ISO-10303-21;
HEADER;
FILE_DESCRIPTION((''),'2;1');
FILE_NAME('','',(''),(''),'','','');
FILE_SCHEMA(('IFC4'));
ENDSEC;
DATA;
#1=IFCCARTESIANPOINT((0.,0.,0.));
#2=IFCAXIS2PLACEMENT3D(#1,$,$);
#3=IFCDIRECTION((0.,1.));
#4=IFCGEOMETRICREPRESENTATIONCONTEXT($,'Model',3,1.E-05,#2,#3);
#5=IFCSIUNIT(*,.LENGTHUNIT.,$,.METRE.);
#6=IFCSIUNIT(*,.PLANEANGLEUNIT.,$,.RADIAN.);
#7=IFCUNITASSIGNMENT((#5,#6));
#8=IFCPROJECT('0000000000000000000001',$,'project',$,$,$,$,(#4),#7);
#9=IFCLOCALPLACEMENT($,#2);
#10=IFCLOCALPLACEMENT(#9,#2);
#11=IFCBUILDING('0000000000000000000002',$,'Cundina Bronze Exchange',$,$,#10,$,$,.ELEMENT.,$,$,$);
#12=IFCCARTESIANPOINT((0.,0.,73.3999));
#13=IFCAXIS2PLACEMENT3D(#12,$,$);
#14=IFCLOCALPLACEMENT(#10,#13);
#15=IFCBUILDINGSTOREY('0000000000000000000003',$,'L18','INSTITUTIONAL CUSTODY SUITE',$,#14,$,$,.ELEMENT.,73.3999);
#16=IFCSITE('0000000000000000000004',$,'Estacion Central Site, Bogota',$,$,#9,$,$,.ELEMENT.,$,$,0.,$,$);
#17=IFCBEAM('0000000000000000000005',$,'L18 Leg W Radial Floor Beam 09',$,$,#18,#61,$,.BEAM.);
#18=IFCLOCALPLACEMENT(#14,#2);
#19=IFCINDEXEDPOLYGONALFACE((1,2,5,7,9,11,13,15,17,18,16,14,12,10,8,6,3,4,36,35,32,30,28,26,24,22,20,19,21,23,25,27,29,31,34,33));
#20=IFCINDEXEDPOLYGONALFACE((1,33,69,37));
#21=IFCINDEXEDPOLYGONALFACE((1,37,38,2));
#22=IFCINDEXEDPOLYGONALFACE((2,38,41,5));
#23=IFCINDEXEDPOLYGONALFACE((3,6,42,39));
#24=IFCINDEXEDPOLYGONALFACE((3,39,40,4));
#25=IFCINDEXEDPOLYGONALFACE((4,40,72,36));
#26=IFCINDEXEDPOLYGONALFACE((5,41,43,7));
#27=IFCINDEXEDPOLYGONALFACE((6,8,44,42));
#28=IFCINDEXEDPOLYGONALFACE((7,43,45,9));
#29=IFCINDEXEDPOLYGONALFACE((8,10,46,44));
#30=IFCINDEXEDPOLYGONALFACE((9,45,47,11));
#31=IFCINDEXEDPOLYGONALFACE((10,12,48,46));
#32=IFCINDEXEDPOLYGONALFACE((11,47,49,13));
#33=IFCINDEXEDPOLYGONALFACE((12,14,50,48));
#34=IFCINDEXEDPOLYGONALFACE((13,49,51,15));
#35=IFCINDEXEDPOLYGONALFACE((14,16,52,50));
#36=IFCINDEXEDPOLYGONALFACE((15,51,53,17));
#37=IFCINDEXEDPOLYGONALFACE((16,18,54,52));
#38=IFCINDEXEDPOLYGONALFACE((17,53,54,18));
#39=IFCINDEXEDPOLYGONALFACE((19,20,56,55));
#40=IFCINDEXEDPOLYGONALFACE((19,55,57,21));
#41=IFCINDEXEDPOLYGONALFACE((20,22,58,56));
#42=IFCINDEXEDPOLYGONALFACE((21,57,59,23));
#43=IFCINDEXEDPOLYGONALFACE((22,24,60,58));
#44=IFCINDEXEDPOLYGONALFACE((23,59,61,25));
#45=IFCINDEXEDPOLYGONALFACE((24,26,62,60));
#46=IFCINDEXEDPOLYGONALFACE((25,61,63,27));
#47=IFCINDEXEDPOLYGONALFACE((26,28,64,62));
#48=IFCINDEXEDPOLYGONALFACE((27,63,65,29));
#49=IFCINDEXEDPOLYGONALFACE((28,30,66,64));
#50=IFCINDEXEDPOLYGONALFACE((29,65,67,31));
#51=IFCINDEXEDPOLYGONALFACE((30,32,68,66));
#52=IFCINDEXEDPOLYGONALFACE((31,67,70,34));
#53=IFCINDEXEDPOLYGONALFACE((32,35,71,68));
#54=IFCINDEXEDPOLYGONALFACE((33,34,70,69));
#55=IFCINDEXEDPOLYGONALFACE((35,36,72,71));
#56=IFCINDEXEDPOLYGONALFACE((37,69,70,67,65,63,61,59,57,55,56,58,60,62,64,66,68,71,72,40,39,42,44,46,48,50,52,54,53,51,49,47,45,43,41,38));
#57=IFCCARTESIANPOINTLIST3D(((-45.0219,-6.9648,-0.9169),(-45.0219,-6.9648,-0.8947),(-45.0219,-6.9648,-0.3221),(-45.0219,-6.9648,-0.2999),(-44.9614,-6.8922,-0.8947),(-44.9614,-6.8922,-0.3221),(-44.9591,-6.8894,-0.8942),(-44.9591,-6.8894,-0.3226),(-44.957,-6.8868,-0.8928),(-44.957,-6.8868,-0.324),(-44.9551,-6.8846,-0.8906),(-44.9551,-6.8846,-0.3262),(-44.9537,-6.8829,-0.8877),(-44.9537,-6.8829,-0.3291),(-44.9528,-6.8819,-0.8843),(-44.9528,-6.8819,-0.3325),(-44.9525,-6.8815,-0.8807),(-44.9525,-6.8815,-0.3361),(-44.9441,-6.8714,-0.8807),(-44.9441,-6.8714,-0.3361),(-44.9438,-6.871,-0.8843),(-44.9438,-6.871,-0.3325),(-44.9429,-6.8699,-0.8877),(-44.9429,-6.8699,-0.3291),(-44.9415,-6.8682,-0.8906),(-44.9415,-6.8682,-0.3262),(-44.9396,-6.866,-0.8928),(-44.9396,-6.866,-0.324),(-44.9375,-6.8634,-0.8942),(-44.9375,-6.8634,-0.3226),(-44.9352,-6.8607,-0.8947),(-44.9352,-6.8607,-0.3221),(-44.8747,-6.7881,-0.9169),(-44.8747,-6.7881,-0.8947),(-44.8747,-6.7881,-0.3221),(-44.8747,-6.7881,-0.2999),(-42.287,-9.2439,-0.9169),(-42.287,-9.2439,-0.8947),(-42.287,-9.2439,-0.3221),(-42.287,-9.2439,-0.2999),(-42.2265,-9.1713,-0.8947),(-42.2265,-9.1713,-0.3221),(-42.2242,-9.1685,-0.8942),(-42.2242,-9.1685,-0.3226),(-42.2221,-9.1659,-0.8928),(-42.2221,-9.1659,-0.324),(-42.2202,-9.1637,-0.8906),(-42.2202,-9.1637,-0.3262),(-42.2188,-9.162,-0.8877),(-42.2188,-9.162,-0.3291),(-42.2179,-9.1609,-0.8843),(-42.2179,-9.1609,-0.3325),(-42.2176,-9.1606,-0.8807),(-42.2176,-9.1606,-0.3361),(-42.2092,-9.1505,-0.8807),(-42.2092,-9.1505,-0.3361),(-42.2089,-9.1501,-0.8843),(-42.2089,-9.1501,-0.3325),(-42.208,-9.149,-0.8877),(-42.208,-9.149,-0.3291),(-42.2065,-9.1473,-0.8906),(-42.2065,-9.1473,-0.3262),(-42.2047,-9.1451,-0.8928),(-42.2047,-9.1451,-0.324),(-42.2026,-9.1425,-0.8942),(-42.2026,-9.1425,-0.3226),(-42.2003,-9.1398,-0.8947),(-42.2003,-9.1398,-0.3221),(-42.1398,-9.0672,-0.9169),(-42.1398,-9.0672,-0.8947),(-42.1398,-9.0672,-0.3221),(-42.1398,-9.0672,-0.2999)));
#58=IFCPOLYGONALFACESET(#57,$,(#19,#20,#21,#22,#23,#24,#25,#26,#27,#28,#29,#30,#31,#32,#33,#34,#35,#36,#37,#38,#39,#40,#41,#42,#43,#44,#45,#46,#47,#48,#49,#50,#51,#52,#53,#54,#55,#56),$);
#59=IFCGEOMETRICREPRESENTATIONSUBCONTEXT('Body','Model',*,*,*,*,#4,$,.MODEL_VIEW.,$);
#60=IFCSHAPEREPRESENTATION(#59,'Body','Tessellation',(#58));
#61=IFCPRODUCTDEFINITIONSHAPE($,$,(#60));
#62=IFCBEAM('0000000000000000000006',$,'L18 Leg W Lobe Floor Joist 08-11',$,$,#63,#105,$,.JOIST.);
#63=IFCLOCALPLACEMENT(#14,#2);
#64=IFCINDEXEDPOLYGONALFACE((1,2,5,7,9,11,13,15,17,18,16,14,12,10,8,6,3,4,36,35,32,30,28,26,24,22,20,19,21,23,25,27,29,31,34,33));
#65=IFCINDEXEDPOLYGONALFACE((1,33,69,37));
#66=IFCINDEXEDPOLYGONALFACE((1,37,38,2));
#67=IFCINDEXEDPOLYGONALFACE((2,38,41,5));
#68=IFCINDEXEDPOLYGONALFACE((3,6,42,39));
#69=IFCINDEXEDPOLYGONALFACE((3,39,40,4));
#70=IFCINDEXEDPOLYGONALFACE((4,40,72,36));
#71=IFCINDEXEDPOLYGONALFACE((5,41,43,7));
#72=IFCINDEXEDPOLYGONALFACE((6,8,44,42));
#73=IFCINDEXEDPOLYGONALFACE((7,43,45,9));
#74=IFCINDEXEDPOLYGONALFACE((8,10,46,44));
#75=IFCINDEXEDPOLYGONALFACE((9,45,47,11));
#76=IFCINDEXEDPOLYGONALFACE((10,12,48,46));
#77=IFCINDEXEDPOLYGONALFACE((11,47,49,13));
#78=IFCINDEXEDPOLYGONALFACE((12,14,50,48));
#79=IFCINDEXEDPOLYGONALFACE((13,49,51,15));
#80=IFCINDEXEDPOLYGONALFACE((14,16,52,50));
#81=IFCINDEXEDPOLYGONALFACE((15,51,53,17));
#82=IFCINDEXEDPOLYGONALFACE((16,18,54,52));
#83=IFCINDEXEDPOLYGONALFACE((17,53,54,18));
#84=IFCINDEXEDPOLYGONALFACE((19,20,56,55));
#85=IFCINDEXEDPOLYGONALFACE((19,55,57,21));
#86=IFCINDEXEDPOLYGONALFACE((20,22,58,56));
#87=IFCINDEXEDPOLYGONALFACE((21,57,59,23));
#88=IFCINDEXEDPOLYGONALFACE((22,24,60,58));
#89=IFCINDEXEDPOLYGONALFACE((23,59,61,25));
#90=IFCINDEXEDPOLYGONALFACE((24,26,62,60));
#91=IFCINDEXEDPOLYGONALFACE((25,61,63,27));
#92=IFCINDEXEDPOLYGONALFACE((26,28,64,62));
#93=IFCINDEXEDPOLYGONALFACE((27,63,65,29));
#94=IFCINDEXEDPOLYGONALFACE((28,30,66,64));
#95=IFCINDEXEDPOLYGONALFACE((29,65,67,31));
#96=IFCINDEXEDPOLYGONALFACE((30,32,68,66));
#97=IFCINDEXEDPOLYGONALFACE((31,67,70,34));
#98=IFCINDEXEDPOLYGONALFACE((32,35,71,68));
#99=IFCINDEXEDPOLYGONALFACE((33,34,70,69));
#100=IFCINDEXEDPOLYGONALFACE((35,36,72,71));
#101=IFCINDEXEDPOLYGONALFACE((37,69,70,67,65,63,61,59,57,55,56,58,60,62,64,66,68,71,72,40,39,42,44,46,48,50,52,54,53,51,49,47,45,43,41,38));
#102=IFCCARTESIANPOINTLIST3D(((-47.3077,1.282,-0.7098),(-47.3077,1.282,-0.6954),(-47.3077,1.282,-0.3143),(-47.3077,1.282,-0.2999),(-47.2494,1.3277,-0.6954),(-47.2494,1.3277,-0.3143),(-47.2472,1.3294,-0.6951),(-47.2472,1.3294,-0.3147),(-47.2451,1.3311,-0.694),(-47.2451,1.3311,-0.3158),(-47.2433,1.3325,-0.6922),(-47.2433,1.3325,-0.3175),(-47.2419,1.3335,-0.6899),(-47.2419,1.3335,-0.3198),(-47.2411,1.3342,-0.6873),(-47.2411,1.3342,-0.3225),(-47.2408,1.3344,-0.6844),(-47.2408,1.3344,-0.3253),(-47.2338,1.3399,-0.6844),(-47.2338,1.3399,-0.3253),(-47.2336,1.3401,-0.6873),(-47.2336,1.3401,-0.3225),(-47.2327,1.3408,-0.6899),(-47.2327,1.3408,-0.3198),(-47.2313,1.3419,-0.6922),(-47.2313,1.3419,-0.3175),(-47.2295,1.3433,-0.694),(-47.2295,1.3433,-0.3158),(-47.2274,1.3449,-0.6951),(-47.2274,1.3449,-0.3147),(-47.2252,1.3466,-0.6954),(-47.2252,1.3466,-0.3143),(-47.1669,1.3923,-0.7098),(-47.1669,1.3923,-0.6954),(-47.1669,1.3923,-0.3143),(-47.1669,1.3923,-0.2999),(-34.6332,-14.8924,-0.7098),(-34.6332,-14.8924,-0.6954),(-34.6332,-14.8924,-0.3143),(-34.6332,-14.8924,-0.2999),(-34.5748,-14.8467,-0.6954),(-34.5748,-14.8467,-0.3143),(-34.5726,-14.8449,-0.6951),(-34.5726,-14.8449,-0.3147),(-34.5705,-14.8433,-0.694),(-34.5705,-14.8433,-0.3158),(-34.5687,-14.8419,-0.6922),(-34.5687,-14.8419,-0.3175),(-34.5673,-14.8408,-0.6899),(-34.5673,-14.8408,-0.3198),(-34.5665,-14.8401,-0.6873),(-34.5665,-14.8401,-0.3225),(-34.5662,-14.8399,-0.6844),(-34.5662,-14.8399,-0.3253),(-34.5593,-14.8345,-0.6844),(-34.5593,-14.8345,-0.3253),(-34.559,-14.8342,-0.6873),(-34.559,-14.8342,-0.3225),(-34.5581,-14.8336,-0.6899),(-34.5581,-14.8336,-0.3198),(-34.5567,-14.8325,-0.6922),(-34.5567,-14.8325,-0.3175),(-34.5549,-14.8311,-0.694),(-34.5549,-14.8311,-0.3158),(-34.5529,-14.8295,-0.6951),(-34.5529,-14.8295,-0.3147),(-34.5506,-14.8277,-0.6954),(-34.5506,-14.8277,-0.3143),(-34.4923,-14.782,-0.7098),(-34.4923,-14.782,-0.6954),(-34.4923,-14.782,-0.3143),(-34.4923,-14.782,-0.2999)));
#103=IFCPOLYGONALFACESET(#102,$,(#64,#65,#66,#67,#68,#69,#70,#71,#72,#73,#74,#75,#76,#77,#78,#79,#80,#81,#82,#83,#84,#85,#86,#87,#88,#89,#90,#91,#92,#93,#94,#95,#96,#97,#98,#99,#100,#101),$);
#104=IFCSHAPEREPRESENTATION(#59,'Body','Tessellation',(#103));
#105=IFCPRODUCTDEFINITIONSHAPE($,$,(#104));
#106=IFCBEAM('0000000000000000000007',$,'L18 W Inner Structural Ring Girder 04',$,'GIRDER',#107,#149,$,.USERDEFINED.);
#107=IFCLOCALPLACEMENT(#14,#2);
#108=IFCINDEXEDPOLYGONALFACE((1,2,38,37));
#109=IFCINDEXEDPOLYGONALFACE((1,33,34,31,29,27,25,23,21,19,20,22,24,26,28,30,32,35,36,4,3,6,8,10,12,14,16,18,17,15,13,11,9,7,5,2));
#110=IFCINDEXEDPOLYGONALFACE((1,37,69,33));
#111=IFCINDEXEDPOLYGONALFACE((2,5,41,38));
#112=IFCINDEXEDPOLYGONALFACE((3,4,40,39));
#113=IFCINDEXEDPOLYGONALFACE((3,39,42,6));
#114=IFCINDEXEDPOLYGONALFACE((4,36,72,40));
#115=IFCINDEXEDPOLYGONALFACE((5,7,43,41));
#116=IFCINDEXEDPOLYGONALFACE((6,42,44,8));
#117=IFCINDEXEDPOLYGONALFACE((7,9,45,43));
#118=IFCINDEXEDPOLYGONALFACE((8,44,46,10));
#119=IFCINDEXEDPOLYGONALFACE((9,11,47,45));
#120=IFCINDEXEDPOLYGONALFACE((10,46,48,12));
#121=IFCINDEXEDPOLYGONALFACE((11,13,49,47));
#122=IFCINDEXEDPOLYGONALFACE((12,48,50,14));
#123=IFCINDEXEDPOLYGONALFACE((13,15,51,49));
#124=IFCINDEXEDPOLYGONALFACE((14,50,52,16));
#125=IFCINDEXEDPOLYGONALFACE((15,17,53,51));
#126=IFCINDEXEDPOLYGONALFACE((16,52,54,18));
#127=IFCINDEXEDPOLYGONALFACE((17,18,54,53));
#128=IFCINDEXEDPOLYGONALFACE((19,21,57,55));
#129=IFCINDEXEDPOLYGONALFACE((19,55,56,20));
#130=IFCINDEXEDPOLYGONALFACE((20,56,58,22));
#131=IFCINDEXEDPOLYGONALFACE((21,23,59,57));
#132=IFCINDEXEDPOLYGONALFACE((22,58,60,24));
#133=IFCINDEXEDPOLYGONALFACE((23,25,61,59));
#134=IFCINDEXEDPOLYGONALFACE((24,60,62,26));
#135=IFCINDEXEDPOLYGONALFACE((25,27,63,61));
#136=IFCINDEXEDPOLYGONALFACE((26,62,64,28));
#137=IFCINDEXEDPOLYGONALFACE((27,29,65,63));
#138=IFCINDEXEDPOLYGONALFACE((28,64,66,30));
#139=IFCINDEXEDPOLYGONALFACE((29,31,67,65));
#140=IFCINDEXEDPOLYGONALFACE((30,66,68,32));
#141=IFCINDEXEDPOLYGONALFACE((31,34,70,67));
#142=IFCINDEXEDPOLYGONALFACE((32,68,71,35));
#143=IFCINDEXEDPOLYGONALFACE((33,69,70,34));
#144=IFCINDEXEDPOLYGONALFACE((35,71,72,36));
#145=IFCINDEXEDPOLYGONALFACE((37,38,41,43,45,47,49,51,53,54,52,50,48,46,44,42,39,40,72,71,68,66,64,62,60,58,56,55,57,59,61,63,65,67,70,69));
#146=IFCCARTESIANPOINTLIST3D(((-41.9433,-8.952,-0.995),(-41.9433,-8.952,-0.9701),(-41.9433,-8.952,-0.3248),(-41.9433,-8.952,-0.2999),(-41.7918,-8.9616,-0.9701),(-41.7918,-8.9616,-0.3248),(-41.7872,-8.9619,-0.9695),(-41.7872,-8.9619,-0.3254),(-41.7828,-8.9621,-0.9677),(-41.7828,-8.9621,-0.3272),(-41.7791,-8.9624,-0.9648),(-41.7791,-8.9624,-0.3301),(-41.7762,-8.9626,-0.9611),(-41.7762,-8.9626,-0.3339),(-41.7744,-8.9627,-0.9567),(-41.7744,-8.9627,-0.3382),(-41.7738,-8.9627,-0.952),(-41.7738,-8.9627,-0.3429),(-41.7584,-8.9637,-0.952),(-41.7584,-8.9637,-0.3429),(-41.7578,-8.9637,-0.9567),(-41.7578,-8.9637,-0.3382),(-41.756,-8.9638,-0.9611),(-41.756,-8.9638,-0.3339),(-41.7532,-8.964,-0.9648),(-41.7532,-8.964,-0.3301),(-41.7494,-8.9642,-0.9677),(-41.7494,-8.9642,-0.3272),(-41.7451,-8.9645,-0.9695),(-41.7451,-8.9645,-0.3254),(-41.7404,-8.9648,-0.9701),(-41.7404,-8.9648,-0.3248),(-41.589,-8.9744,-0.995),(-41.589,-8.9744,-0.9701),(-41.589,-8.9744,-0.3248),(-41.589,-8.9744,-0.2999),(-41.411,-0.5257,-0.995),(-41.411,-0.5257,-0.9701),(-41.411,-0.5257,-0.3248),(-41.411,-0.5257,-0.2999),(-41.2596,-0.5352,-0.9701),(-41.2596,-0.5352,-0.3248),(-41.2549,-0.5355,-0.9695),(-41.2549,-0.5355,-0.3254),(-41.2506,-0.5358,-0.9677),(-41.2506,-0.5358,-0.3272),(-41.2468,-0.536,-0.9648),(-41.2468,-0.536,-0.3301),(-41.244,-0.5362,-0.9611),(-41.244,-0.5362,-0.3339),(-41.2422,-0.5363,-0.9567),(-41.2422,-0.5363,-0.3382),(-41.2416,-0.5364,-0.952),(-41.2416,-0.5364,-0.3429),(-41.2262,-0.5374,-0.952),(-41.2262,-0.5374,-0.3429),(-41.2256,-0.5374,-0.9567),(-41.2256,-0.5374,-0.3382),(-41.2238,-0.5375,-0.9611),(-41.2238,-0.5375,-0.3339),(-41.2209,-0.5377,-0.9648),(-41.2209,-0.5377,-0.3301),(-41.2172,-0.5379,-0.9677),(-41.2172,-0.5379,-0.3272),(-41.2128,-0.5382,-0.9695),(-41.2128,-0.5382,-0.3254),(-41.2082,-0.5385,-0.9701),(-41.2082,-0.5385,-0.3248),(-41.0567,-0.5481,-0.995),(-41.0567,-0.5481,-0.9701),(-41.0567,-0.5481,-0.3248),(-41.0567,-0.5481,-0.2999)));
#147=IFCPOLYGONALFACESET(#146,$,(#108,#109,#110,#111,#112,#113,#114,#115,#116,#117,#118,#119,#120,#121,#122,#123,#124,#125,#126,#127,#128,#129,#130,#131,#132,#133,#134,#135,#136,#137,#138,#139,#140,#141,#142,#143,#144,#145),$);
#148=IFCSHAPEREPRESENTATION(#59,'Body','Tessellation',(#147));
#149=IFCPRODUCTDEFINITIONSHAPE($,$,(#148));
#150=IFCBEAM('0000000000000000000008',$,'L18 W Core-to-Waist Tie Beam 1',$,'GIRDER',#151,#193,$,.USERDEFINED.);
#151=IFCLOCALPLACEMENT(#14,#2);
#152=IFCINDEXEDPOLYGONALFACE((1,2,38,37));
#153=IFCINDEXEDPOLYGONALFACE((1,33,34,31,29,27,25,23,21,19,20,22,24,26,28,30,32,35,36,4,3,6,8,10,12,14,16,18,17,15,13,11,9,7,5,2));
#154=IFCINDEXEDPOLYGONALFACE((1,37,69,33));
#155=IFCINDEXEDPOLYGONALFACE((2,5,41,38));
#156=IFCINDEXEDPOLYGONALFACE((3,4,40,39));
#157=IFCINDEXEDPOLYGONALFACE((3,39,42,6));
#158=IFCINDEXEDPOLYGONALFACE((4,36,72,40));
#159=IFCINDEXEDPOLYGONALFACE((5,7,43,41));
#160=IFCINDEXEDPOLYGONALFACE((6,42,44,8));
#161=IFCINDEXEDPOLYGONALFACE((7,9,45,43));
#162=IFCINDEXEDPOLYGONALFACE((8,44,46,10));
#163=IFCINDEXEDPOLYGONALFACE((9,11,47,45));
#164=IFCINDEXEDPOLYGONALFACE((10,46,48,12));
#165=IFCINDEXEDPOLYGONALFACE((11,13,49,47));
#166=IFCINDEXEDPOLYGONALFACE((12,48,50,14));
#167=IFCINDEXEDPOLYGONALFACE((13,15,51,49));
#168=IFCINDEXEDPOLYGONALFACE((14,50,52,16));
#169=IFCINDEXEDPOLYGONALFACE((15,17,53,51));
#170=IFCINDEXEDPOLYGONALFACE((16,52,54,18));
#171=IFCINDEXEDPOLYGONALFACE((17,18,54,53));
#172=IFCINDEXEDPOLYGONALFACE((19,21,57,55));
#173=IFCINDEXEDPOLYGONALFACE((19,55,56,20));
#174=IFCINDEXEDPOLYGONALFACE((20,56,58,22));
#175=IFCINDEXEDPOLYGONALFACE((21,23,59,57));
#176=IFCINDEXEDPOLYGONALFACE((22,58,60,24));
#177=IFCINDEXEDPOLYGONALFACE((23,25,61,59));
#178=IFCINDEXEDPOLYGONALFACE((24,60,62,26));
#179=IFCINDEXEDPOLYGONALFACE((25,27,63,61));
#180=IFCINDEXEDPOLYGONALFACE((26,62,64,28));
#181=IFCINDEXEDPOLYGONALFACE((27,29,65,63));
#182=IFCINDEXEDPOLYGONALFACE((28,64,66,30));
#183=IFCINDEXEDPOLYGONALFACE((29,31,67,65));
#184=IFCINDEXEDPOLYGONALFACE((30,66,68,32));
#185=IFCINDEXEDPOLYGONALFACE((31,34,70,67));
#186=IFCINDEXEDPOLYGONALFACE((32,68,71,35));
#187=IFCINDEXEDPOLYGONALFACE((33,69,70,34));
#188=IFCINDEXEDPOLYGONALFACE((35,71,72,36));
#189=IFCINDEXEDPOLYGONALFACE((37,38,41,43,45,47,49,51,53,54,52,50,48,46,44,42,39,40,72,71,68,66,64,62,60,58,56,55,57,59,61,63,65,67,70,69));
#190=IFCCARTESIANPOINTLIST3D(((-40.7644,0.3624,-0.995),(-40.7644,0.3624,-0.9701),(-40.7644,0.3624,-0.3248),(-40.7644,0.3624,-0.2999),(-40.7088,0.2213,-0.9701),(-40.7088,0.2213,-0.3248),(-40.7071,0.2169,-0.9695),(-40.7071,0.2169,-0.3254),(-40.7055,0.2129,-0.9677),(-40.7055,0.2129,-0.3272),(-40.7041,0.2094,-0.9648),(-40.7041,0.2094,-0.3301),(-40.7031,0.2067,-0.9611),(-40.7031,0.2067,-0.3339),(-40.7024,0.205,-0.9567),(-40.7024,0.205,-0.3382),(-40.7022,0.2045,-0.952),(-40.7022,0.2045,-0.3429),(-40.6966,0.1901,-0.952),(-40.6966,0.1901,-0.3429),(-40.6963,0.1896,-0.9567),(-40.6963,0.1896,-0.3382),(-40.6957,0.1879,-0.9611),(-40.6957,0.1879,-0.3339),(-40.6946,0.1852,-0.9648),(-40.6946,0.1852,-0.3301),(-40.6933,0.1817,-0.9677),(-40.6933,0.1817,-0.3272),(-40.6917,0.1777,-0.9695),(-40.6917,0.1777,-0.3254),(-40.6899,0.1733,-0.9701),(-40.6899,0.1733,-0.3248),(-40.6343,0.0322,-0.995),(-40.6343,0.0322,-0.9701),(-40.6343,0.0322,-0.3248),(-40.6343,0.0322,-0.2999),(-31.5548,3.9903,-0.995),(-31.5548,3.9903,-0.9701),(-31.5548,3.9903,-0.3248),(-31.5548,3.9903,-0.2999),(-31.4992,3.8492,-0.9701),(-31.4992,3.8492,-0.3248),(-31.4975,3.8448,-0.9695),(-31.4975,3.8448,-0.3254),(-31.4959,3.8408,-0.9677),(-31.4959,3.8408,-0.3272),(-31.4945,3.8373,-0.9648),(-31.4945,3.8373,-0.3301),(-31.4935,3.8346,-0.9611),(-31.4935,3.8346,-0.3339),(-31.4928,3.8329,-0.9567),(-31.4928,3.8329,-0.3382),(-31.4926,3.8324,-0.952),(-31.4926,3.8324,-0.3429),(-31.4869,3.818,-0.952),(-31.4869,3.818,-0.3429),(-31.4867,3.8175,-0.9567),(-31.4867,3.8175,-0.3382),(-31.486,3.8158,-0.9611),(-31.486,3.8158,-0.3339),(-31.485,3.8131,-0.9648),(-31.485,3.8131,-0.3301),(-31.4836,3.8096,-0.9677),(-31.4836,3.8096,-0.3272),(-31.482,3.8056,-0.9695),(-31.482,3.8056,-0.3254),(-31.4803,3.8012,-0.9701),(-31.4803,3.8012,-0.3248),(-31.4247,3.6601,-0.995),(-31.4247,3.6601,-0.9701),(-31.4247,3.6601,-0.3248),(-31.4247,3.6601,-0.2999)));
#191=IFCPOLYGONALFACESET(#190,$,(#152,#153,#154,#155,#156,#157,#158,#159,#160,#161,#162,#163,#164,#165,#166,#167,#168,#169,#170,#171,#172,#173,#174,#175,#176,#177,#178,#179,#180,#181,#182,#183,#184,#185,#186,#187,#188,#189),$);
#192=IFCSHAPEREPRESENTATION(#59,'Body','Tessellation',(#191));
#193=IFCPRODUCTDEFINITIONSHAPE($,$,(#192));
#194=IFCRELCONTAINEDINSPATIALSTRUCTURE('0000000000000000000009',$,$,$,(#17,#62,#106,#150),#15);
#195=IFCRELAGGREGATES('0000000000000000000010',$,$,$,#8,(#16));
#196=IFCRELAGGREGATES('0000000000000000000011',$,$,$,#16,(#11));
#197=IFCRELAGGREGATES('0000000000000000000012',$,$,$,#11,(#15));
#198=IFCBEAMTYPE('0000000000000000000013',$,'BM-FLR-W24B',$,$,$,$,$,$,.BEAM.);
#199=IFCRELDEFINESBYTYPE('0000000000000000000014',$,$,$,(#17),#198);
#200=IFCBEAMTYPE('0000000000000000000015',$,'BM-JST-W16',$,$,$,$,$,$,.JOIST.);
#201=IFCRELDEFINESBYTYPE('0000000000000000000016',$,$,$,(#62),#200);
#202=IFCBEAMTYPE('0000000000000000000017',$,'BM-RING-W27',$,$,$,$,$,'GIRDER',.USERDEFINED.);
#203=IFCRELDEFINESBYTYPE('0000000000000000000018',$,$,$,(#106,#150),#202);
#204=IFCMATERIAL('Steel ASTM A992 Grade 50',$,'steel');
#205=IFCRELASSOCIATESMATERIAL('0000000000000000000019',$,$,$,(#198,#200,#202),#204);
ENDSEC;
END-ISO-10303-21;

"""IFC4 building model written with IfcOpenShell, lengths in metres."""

from ifc_helpers import new_model, si_unit, direction, frame, origin, origin_2d, place, context, subcontext, project, spatial, i_section, extrude, material, material_profile, profile_set, type_object, element, save


model = new_model("IFC4")

# Units and contexts
model_context = context("Model", 3, precision=1e-05, world=origin(), true_north=direction((0.0, 1.0)))
body_context = subcontext(model_context, "Body", "Model", "MODEL_VIEW")
ifc_project = project(units=[si_unit("LENGTHUNIT", "METRE"), si_unit("PLANEANGLEUNIT", "RADIAN")], contexts=[model_context])

# Site, building, storey
site_placement = place(None, origin())
site = spatial("IfcSite", under=ifc_project, at=site_placement, Name="Estacion Central Site, Bogota", CompositionType="ELEMENT", RefElevation=0.0)
building_placement = place(site_placement, origin())
building = spatial("IfcBuilding", under=site, at=building_placement, Name="Cundina Bronze Exchange", CompositionType="ELEMENT")
storey_placement = place(building_placement, frame((0.0, 0.0, 73.3999)))
storey = spatial("IfcBuildingStorey", under=building, at=storey_placement, Name="L18", Description="INSTITUTIONAL CUSTODY SUITE", CompositionType="ELEMENT", Elevation=73.3999)

# Shared definitions
ifc_material_1 = material(Name="Steel ASTM A992 Grade 50", Category="steel")

# Beams
ifc_material_profile_1 = material_profile(ifc_material_1, i_section(OverallWidth=0.23, OverallDepth=0.6169, WebThickness=0.0132, FlangeThickness=0.0222, FilletRadius=0.0139, at=origin_2d()), Name="W24X94", Category="steel")
ifc_profile_set_1 = profile_set([ifc_material_profile_1], Name="Steel ASTM A992 Grade 50")
beam_type_1 = type_object("IfcBeamType", Name="BM-FLR-W24B", PredefinedType="BEAM", material=ifc_profile_set_1)
beam_1_placement = place(storey_placement, frame((-42.2134, -9.1555, -0.6084), z_axis=(-0.768221, 0.640184, 0.0), x_axis=(-0.640184, -0.768221, 0.0)))
element("IfcBeam", 1, at=beam_1_placement, inside=storey, type_object=beam_type_1, Name="L18 Leg W Radial Floor Beam 09", PredefinedType="BEAM", context=body_context, shape_type="SweptSolid", body=[
    extrude(i_section(OverallWidth=0.23, OverallDepth=0.6169, WebThickness=0.0132, FlangeThickness=0.0222, FilletRadius=0.0139, at=origin_2d()), origin(), (0.0, 0.0, 1.0), 3.5601),
])
ifc_material_profile_2 = material_profile(ifc_material_1, i_section(OverallWidth=0.179, OverallDepth=0.4099, WebThickness=0.0088, FlangeThickness=0.0144, FilletRadius=0.011, at=origin_2d()), Name="W16X45", Category="steel")
ifc_profile_set_2 = profile_set([ifc_material_profile_2], Name="Steel ASTM A992 Grade 50")
beam_type_2 = type_object("IfcBeamType", Name="BM-JST-W16", PredefinedType="JOIST", material=ifc_profile_set_2)
beam_2_placement = place(storey_placement, frame((-47.2373, 1.3372, -0.5049), z_axis=(0.616803, -0.787117, 0.0), x_axis=(0.787117, 0.616803, 0.0)))
element("IfcBeam", 2, at=beam_2_placement, inside=storey, type_object=beam_type_2, Name="L18 Leg W Lobe Floor Joist 08-11", PredefinedType="JOIST", context=body_context, shape_type="SweptSolid", body=[
    extrude(i_section(OverallWidth=0.179, OverallDepth=0.4099, WebThickness=0.0088, FlangeThickness=0.0144, FilletRadius=0.011, at=origin_2d()), origin(), (0.0, 0.0, 1.0), 20.5488),
])
ifc_material_profile_3 = material_profile(ifc_material_1, i_section(OverallWidth=0.355, OverallDepth=0.6951, WebThickness=0.0154, FlangeThickness=0.0249, FilletRadius=0.0181, at=origin_2d()), Name="W27X146", Category="steel")
ifc_profile_set_3 = profile_set([ifc_material_profile_3], Name="Steel ASTM A992 Grade 50")
beam_type_3 = type_object("IfcBeamType", Name="BM-RING-W27", ElementType="GIRDER", PredefinedType="USERDEFINED", material=ifc_profile_set_3)
beam_3_placement = place(storey_placement, frame((-41.2339, -0.5369, -0.6475), z_axis=(-0.063037, -0.998011, 0.0), x_axis=(0.998011, -0.063037, 0.0)))
element("IfcBeam", 3, at=beam_3_placement, inside=storey, type_object=beam_type_3, Name="L18 W Inner Structural Ring Girder 04", ObjectType="GIRDER", PredefinedType="USERDEFINED", context=body_context, shape_type="SweptSolid", body=[
    extrude(i_section(OverallWidth=0.355, OverallDepth=0.6951, WebThickness=0.0154, FlangeThickness=0.0249, FilletRadius=0.0181, at=origin_2d()), origin(), (0.0, 0.0, 1.0), 8.4431),
])
beam_4_placement = place(storey_placement, frame((-31.4897, 3.8252, -0.6475), z_axis=(-0.930413, -0.366512, 0.0), x_axis=(0.366512, -0.930413, 0.0)))
element("IfcBeam", 4, at=beam_4_placement, inside=storey, type_object=beam_type_3, Name="L18 W Core-to-Waist Tie Beam 1", ObjectType="GIRDER", PredefinedType="USERDEFINED", context=body_context, shape_type="SweptSolid", body=[
    extrude(i_section(OverallWidth=0.355, OverallDepth=0.6951, WebThickness=0.0154, FlangeThickness=0.0249, FilletRadius=0.0181, at=origin_2d()), origin(), (0.0, 0.0, 1.0), 9.8984),
])

save(model, "model.ifc")
